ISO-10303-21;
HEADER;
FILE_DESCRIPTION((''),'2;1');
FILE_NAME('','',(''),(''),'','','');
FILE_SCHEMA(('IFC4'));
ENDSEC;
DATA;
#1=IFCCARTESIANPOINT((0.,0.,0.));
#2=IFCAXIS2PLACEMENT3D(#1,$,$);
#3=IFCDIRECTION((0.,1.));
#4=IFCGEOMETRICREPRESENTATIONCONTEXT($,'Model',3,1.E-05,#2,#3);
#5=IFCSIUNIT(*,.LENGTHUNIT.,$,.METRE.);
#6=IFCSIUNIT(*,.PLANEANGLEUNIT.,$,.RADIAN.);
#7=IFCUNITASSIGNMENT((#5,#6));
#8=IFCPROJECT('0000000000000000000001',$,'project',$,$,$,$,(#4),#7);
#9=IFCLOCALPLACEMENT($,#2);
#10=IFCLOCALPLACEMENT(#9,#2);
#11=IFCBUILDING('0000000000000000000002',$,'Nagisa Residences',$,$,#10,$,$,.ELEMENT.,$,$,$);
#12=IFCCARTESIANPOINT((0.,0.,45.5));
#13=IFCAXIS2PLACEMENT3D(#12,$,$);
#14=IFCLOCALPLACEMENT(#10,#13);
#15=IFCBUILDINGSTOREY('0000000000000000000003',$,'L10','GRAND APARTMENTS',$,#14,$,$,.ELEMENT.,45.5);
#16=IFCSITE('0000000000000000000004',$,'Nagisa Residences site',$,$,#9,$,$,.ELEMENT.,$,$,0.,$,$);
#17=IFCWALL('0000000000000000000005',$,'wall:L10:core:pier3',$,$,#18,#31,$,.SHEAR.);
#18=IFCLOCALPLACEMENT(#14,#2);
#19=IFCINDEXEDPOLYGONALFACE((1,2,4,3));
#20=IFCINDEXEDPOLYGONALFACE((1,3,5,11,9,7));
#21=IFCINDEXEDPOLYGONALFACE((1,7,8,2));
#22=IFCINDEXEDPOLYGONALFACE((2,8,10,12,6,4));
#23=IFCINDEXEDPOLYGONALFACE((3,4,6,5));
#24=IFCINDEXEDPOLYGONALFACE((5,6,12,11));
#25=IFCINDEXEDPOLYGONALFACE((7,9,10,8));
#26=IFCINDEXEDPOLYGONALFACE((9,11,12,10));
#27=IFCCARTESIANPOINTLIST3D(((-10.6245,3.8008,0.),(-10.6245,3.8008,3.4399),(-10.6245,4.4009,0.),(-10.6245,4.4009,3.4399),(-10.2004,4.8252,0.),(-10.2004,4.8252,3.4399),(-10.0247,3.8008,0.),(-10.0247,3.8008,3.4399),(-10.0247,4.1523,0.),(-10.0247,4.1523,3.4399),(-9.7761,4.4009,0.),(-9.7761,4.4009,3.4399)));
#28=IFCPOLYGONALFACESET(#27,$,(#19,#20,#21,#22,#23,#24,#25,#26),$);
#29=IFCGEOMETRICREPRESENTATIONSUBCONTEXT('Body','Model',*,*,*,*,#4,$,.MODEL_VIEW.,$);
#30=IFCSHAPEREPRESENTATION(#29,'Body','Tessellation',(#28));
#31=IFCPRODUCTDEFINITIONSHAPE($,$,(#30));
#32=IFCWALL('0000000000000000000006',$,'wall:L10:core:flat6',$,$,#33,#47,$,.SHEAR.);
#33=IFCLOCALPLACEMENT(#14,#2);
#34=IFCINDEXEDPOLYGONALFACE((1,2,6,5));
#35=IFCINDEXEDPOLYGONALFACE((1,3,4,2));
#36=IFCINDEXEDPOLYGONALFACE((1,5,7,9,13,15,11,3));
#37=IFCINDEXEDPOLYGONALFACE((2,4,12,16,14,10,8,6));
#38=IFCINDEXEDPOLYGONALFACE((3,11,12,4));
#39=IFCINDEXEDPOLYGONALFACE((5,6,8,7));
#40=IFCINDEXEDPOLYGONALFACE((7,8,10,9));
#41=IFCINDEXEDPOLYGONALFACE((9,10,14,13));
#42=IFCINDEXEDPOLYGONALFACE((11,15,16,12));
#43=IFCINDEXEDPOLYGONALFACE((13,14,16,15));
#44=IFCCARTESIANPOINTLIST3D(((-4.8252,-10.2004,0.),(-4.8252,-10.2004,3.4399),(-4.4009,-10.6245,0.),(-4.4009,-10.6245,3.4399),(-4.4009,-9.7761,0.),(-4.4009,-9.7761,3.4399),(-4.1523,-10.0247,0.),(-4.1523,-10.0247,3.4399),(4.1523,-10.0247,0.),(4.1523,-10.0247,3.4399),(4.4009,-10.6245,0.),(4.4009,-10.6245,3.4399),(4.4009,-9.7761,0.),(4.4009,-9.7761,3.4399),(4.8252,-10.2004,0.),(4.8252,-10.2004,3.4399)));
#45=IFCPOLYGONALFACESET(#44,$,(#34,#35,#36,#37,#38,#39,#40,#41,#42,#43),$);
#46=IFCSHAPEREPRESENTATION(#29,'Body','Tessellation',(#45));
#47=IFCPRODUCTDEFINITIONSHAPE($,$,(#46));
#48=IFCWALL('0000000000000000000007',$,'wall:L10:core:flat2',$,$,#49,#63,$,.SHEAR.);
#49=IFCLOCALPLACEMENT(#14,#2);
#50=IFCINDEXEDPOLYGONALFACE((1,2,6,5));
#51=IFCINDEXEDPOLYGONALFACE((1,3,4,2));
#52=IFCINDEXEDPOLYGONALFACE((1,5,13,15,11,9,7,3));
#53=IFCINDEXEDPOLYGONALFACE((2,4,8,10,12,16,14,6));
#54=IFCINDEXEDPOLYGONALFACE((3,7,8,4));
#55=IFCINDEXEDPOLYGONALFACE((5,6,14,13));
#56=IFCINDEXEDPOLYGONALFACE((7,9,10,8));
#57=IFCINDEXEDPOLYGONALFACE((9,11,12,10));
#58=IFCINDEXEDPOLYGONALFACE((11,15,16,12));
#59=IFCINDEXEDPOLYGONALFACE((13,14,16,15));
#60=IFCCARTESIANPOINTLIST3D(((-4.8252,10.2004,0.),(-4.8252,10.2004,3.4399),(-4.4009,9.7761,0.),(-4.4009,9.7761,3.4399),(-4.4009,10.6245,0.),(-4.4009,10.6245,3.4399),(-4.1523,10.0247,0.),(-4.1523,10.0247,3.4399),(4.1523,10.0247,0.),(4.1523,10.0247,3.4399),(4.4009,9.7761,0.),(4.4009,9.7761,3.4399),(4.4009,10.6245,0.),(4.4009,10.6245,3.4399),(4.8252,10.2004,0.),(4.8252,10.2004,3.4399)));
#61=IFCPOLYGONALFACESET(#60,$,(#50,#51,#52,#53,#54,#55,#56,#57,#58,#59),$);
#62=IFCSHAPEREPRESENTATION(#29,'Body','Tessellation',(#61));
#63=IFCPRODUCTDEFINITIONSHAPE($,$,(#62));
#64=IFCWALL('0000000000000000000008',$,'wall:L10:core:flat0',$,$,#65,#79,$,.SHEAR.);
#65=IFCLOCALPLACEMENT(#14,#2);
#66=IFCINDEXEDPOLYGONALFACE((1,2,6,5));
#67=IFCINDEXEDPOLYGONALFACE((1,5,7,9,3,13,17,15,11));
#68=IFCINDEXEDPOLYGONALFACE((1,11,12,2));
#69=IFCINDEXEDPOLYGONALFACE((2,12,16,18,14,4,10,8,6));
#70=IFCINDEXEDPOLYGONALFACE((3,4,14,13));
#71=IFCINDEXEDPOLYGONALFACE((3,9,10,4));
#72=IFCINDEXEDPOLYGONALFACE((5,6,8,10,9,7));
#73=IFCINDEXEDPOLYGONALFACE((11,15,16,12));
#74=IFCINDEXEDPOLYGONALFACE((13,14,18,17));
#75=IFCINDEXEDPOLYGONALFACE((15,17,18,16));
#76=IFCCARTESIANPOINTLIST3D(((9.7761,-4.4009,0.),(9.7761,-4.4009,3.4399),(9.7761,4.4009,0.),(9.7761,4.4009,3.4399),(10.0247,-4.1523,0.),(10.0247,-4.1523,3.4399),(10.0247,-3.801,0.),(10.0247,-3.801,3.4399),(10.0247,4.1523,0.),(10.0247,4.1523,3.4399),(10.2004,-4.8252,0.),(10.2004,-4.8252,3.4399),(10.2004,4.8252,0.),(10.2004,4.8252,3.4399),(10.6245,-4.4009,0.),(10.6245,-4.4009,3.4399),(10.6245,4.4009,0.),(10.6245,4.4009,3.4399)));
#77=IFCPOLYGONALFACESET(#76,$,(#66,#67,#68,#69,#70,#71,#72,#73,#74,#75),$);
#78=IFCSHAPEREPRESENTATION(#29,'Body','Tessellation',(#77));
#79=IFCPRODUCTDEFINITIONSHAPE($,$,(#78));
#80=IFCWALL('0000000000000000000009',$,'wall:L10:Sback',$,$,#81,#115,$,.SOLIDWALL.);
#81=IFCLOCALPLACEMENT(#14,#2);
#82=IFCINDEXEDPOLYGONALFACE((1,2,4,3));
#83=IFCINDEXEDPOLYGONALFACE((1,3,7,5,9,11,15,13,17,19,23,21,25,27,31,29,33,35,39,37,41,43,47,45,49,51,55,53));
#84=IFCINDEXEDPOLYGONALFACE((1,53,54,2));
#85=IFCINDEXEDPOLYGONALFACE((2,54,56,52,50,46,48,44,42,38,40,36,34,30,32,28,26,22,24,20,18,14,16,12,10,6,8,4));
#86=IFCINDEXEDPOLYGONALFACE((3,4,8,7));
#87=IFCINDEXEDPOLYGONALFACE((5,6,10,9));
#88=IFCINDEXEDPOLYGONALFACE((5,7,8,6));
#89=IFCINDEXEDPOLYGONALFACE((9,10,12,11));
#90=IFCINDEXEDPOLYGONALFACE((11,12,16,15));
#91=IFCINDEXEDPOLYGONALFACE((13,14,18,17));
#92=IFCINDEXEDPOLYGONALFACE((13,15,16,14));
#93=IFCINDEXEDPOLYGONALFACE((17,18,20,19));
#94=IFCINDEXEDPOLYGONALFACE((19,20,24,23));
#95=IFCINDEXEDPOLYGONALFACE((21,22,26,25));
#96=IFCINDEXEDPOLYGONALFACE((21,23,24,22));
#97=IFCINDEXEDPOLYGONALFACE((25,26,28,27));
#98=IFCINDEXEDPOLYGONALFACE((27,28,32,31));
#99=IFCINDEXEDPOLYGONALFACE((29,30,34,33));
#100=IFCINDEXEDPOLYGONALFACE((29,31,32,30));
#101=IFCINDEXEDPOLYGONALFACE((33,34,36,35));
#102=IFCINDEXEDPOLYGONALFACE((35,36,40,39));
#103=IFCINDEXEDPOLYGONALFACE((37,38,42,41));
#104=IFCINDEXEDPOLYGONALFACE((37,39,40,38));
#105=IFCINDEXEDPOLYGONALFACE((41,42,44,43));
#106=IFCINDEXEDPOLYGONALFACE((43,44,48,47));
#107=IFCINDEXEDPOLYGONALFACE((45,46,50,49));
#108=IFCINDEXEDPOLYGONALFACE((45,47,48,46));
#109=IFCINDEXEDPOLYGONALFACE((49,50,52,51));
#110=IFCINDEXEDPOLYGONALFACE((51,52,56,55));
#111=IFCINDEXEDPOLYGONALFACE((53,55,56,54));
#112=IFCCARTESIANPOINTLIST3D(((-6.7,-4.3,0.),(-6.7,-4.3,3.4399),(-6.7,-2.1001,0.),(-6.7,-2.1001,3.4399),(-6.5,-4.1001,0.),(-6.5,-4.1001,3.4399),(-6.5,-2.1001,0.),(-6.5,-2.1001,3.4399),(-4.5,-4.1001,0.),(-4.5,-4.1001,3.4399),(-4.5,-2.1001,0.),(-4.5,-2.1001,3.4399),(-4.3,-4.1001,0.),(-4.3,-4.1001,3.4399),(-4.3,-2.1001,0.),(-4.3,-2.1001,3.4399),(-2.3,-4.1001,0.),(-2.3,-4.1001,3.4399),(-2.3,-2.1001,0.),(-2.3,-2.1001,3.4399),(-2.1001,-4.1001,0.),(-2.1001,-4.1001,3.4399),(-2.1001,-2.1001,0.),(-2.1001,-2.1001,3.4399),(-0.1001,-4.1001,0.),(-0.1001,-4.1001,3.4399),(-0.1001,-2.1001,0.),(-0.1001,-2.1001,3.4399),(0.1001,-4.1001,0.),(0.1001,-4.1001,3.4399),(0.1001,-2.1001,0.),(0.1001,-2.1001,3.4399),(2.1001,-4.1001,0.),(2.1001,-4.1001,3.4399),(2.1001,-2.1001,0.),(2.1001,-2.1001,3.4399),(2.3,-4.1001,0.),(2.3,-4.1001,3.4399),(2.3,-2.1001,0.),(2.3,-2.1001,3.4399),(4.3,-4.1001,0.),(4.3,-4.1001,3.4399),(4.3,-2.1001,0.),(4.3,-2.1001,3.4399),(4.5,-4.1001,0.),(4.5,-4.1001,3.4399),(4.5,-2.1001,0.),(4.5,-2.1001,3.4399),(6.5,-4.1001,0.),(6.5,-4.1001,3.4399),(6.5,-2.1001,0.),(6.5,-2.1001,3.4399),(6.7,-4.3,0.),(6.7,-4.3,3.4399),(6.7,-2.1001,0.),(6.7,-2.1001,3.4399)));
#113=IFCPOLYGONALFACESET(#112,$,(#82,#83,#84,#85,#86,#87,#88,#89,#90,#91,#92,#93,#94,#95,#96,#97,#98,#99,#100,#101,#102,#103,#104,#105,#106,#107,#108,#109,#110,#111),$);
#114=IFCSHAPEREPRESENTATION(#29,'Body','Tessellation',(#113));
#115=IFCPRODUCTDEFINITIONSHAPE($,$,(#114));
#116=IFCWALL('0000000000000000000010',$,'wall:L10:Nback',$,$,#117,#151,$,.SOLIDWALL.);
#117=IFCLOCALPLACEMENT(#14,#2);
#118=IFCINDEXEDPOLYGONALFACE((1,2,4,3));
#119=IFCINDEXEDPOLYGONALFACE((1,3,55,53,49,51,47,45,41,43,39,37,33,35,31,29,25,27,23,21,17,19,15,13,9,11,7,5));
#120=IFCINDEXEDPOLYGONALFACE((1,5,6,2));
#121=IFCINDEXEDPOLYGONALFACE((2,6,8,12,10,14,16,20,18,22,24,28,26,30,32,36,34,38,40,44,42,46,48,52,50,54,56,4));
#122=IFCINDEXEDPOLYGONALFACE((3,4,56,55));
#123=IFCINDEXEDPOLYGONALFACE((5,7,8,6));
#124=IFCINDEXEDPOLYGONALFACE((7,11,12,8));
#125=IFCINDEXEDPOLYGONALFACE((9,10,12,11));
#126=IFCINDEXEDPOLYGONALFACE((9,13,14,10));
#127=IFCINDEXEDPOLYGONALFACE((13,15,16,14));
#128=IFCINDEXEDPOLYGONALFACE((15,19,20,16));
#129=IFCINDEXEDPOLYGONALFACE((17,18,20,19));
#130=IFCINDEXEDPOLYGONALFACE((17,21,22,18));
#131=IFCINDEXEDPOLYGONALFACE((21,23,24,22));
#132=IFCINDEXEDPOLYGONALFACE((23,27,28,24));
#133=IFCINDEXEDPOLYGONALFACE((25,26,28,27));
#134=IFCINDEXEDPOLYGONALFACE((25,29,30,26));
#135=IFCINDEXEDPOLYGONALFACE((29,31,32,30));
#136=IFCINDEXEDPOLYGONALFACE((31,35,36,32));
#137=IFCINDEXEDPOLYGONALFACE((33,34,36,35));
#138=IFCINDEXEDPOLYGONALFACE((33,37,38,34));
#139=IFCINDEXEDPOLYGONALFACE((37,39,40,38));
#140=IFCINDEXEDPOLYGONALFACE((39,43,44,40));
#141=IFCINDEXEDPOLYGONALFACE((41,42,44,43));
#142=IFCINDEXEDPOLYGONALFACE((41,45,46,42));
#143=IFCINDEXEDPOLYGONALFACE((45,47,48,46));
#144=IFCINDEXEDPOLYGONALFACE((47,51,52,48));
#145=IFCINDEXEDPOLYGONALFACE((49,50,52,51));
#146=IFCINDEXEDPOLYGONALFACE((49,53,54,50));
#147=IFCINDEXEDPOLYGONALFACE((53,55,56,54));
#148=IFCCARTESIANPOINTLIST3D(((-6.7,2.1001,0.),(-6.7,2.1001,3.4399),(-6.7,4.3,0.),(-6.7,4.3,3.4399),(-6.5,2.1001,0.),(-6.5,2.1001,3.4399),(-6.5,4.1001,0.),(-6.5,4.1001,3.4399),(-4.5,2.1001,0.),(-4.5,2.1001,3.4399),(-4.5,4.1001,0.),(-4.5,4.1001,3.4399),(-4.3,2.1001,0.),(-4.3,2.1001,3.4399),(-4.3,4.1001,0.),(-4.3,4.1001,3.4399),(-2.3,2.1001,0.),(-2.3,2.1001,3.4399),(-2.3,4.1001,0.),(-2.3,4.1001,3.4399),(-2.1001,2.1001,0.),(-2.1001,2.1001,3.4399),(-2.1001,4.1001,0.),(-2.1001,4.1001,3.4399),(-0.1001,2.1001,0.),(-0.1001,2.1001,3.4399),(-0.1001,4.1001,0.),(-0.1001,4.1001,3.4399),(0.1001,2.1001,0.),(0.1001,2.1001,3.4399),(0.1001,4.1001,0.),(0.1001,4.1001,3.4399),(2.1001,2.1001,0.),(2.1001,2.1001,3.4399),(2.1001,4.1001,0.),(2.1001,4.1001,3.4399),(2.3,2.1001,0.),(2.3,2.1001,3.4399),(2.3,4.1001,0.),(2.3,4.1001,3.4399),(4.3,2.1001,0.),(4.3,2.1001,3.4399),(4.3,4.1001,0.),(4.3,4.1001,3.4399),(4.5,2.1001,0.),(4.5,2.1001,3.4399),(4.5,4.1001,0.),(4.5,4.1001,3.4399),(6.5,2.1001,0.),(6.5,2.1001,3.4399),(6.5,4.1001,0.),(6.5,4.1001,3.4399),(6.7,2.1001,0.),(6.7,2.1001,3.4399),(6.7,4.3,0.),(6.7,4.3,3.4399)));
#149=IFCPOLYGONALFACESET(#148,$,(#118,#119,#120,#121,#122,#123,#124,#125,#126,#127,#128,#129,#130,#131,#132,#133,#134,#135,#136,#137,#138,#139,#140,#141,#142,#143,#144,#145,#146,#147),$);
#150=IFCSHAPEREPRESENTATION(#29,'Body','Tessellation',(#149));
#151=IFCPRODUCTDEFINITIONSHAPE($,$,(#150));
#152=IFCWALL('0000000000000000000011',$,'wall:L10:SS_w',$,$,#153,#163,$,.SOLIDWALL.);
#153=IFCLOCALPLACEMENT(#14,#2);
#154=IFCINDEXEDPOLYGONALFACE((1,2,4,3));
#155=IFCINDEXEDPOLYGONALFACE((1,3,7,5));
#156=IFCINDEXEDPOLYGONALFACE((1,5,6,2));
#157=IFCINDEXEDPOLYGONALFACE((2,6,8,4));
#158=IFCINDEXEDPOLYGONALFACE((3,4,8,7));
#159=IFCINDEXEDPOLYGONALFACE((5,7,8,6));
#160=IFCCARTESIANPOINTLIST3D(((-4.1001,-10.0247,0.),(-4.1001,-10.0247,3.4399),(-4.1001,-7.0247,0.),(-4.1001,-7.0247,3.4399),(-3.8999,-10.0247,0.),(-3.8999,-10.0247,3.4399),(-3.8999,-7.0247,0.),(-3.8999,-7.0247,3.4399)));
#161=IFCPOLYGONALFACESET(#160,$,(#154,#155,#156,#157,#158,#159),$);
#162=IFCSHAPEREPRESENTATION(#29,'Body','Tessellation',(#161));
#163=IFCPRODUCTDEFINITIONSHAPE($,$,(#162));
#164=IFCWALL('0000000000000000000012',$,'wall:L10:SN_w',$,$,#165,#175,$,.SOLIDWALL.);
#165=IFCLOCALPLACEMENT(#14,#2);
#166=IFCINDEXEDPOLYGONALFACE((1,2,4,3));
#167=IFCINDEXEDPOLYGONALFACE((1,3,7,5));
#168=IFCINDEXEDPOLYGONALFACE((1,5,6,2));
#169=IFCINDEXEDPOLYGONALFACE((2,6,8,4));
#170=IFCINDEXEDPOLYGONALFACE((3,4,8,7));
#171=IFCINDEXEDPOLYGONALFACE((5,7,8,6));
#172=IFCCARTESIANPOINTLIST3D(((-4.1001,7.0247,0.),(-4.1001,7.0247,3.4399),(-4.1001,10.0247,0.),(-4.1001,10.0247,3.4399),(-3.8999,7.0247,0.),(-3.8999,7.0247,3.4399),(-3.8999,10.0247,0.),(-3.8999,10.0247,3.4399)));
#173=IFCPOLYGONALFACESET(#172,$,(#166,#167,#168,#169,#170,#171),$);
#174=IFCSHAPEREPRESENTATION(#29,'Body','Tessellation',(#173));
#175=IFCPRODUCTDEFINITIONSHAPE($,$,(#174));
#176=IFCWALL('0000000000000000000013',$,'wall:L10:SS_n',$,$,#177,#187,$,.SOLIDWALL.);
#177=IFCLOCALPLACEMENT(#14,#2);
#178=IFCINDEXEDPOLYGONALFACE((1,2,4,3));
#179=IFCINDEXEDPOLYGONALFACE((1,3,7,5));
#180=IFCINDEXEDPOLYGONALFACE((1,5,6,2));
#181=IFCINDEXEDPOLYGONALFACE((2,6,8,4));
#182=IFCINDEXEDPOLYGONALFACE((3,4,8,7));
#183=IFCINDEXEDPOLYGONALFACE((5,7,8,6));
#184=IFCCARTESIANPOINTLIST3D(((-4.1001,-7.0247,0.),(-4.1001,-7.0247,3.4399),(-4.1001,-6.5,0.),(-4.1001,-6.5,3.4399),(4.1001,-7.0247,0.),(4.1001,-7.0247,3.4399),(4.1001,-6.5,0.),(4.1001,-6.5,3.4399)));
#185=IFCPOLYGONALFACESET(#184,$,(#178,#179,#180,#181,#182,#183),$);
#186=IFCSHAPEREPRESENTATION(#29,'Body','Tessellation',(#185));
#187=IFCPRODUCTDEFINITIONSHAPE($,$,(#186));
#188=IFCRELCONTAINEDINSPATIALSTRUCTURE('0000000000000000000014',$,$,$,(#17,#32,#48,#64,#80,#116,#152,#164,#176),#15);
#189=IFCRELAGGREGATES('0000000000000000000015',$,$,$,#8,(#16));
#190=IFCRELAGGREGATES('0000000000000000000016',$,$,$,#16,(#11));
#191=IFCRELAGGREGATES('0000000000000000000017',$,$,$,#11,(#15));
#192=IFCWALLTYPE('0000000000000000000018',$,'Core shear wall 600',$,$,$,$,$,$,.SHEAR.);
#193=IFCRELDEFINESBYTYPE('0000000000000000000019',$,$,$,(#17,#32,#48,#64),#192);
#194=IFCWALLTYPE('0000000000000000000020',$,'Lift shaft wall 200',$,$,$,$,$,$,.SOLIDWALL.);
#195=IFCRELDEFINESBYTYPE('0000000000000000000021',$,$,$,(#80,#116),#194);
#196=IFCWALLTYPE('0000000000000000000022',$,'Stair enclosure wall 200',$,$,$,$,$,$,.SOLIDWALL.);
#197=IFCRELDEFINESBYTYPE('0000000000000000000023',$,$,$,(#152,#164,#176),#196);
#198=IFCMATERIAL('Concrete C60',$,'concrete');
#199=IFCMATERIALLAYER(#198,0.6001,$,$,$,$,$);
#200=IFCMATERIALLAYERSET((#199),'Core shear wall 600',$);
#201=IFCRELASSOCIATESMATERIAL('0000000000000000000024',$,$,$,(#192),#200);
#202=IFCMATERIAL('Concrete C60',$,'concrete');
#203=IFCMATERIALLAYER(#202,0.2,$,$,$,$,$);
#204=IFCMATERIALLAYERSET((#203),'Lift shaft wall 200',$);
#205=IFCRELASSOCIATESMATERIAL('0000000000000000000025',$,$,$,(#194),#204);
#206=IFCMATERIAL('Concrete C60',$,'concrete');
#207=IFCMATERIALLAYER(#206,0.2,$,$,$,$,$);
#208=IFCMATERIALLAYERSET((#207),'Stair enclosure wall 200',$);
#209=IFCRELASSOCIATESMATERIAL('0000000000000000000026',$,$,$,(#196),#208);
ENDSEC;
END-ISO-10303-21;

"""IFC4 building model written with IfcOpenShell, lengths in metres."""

from ifc_helpers import new_model, si_unit, direction, frame, origin, place, context, subcontext, project, spatial, polyline, outline, extrude, material, layer, layer_set, type_object, element, save


model = new_model("IFC4")

# Units and contexts
model_context = context("Model", 3, precision=1e-05, world=origin(), true_north=direction((0.0, 1.0)))
body_context = subcontext(model_context, "Body", "Model", "MODEL_VIEW")
ifc_project = project(units=[si_unit("LENGTHUNIT", "METRE"), si_unit("PLANEANGLEUNIT", "RADIAN")], contexts=[model_context])

# Site, building, storey
site_placement = place(None, origin())
site = spatial("IfcSite", under=ifc_project, at=site_placement, Name="Nagisa Residences site", CompositionType="ELEMENT", RefElevation=0.0)
building_placement = place(site_placement, origin())
building = spatial("IfcBuilding", under=site, at=building_placement, Name="Nagisa Residences", CompositionType="ELEMENT")
storey_placement = place(building_placement, frame((0.0, 0.0, 45.5)))
storey = spatial("IfcBuildingStorey", under=building, at=storey_placement, Name="L10", Description="GRAND APARTMENTS", CompositionType="ELEMENT", Elevation=45.5)

# Walls
ifc_material_1 = material(Name="Concrete C60", Category="concrete")
ifc_layer_1 = layer(ifc_material_1, 0.6001)
ifc_layer_set_1 = layer_set([ifc_layer_1], Name="Core shear wall 600")
wall_type_1 = type_object("IfcWallType", Name="Core shear wall 600", PredefinedType="SHEAR", material=ifc_layer_set_1)
wall_1_placement = place(storey_placement, origin())
element("IfcWall", 1, at=wall_1_placement, inside=storey, type_object=wall_type_1, Name="wall:L10:core:pier3", PredefinedType="SHEAR", context=body_context, shape_type="SweptSolid", body=[
    extrude(outline(polyline([(-10.2004, 4.8252), (-9.7761, 4.4009), (-10.0247, 4.1523), (-10.0247, 3.8008), (-10.6245, 3.8008), (-10.6245, 4.4009), (-10.2004, 4.8252)])), origin(), (0.0, 0.0, 1.0), 3.4399),
])
wall_2_placement = place(storey_placement, origin())
element("IfcWall", 2, at=wall_2_placement, inside=storey, type_object=wall_type_1, Name="wall:L10:core:flat6", PredefinedType="SHEAR", context=body_context, shape_type="SweptSolid", body=[
    extrude(outline(polyline([(-4.1523, -10.0247), (4.1523, -10.0247), (4.4009, -9.7761), (4.8252, -10.2004), (4.4009, -10.6245), (-4.4009, -10.6245), (-4.8252, -10.2004), (-4.4009, -9.7761), (-4.1523, -10.0247)])), origin(), (0.0, 0.0, 1.0), 3.4399),
])
wall_3_placement = place(storey_placement, origin())
element("IfcWall", 3, at=wall_3_placement, inside=storey, type_object=wall_type_1, Name="wall:L10:core:flat2", PredefinedType="SHEAR", context=body_context, shape_type="SweptSolid", body=[
    extrude(outline(polyline([(-4.1523, 10.0247), (-4.4009, 9.7761), (-4.8252, 10.2004), (-4.4009, 10.6245), (4.4009, 10.6245), (4.8252, 10.2004), (4.4009, 9.7761), (4.1523, 10.0247), (-4.1523, 10.0247)])), origin(), (0.0, 0.0, 1.0), 3.4399),
])
wall_4_placement = place(storey_placement, origin())
element("IfcWall", 4, at=wall_4_placement, inside=storey, type_object=wall_type_1, Name="wall:L10:core:flat0", PredefinedType="SHEAR", context=body_context, shape_type="SweptSolid", body=[
    extrude(outline(polyline([(9.7761, -4.4009), (10.0247, -4.1523), (10.0247, -3.801), (10.0247, 4.1523), (9.7761, 4.4009), (10.2004, 4.8252), (10.6245, 4.4009), (10.6245, -4.4009), (10.2004, -4.8252), (9.7761, -4.4009)])), origin(), (0.0, 0.0, 1.0), 3.4399),
])
ifc_material_2 = material(Name="Concrete C60", Category="concrete")
ifc_layer_2 = layer(ifc_material_2, 0.2)
ifc_layer_set_2 = layer_set([ifc_layer_2], Name="Lift shaft wall 200")
wall_type_2 = type_object("IfcWallType", Name="Lift shaft wall 200", PredefinedType="SOLIDWALL", material=ifc_layer_set_2)
wall_5_placement = place(storey_placement, origin())
element("IfcWall", 5, at=wall_5_placement, inside=storey, type_object=wall_type_2, Name="wall:L10:Sback", PredefinedType="SOLIDWALL", context=body_context, shape_type="SweptSolid", body=[
    extrude(outline(polyline([(-6.7, -2.1001), (-6.5, -2.1001), (-6.5, -4.1001), (-4.5, -4.1001), (-4.5, -2.1001), (-4.3, -2.1001), (-4.3, -4.1001), (-2.3, -4.1001), (-2.3, -2.1001), (-2.1001, -2.1001), (-2.1001, -4.1001), (-0.1001, -4.1001), (-0.1001, -2.1001), (0.1001, -2.1001), (0.1001, -4.1001), (2.1001, -4.1001), (2.1001, -2.1001), (2.3, -2.1001), (2.3, -4.1001), (4.3, -4.1001), (4.3, -2.1001), (4.5, -2.1001), (4.5, -4.1001), (6.5, -4.1001), (6.5, -2.1001), (6.7, -2.1001), (6.7, -4.3), (-6.7, -4.3), (-6.7, -2.1001)])), origin(), (0.0, 0.0, 1.0), 3.4399),
])
wall_6_placement = place(storey_placement, origin())
element("IfcWall", 6, at=wall_6_placement, inside=storey, type_object=wall_type_2, Name="wall:L10:Nback", PredefinedType="SOLIDWALL", context=body_context, shape_type="SweptSolid", body=[
    extrude(outline(polyline([(-6.5, 2.1001), (-6.7, 2.1001), (-6.7, 4.3), (6.7, 4.3), (6.7, 2.1001), (6.5, 2.1001), (6.5, 4.1001), (4.5, 4.1001), (4.5, 2.1001), (4.3, 2.1001), (4.3, 4.1001), (2.3, 4.1001), (2.3, 2.1001), (2.1001, 2.1001), (2.1001, 4.1001), (0.1001, 4.1001), (0.1001, 2.1001), (-0.1001, 2.1001), (-0.1001, 4.1001), (-2.1001, 4.1001), (-2.1001, 2.1001), (-2.3, 2.1001), (-2.3, 4.1001), (-4.3, 4.1001), (-4.3, 2.1001), (-4.5, 2.1001), (-4.5, 4.1001), (-6.5, 4.1001), (-6.5, 2.1001)])), origin(), (0.0, 0.0, 1.0), 3.4399),
])
ifc_material_3 = material(Name="Concrete C60", Category="concrete")
ifc_layer_3 = layer(ifc_material_3, 0.2)
ifc_layer_set_3 = layer_set([ifc_layer_3], Name="Stair enclosure wall 200")
wall_type_3 = type_object("IfcWallType", Name="Stair enclosure wall 200", PredefinedType="SOLIDWALL", material=ifc_layer_set_3)
wall_7_placement = place(storey_placement, origin())
element("IfcWall", 7, at=wall_7_placement, inside=storey, type_object=wall_type_3, Name="wall:L10:SS_w", PredefinedType="SOLIDWALL", context=body_context, shape_type="SweptSolid", body=[
    extrude(outline(polyline([(-3.8999, -10.0247), (-4.1001, -10.0247), (-4.1001, -7.0247), (-3.8999, -7.0247), (-3.8999, -10.0247)])), origin(), (0.0, 0.0, 1.0), 3.4399),
])
wall_8_placement = place(storey_placement, origin())
element("IfcWall", 8, at=wall_8_placement, inside=storey, type_object=wall_type_3, Name="wall:L10:SN_w", PredefinedType="SOLIDWALL", context=body_context, shape_type="SweptSolid", body=[
    extrude(outline(polyline([(-3.8999, 7.0247), (-4.1001, 7.0247), (-4.1001, 10.0247), (-3.8999, 10.0247), (-3.8999, 7.0247)])), origin(), (0.0, 0.0, 1.0), 3.4399),
])
wall_9_placement = place(storey_placement, origin())
element("IfcWall", 9, at=wall_9_placement, inside=storey, type_object=wall_type_3, Name="wall:L10:SS_n", PredefinedType="SOLIDWALL", context=body_context, shape_type="SweptSolid", body=[
    extrude(outline(polyline([(4.1001, -7.0247), (-4.1001, -7.0247), (-4.1001, -6.5), (4.1001, -6.5), (4.1001, -7.0247)])), origin(), (0.0, 0.0, 1.0), 3.4399),
])

save(model, "model.ifc")
